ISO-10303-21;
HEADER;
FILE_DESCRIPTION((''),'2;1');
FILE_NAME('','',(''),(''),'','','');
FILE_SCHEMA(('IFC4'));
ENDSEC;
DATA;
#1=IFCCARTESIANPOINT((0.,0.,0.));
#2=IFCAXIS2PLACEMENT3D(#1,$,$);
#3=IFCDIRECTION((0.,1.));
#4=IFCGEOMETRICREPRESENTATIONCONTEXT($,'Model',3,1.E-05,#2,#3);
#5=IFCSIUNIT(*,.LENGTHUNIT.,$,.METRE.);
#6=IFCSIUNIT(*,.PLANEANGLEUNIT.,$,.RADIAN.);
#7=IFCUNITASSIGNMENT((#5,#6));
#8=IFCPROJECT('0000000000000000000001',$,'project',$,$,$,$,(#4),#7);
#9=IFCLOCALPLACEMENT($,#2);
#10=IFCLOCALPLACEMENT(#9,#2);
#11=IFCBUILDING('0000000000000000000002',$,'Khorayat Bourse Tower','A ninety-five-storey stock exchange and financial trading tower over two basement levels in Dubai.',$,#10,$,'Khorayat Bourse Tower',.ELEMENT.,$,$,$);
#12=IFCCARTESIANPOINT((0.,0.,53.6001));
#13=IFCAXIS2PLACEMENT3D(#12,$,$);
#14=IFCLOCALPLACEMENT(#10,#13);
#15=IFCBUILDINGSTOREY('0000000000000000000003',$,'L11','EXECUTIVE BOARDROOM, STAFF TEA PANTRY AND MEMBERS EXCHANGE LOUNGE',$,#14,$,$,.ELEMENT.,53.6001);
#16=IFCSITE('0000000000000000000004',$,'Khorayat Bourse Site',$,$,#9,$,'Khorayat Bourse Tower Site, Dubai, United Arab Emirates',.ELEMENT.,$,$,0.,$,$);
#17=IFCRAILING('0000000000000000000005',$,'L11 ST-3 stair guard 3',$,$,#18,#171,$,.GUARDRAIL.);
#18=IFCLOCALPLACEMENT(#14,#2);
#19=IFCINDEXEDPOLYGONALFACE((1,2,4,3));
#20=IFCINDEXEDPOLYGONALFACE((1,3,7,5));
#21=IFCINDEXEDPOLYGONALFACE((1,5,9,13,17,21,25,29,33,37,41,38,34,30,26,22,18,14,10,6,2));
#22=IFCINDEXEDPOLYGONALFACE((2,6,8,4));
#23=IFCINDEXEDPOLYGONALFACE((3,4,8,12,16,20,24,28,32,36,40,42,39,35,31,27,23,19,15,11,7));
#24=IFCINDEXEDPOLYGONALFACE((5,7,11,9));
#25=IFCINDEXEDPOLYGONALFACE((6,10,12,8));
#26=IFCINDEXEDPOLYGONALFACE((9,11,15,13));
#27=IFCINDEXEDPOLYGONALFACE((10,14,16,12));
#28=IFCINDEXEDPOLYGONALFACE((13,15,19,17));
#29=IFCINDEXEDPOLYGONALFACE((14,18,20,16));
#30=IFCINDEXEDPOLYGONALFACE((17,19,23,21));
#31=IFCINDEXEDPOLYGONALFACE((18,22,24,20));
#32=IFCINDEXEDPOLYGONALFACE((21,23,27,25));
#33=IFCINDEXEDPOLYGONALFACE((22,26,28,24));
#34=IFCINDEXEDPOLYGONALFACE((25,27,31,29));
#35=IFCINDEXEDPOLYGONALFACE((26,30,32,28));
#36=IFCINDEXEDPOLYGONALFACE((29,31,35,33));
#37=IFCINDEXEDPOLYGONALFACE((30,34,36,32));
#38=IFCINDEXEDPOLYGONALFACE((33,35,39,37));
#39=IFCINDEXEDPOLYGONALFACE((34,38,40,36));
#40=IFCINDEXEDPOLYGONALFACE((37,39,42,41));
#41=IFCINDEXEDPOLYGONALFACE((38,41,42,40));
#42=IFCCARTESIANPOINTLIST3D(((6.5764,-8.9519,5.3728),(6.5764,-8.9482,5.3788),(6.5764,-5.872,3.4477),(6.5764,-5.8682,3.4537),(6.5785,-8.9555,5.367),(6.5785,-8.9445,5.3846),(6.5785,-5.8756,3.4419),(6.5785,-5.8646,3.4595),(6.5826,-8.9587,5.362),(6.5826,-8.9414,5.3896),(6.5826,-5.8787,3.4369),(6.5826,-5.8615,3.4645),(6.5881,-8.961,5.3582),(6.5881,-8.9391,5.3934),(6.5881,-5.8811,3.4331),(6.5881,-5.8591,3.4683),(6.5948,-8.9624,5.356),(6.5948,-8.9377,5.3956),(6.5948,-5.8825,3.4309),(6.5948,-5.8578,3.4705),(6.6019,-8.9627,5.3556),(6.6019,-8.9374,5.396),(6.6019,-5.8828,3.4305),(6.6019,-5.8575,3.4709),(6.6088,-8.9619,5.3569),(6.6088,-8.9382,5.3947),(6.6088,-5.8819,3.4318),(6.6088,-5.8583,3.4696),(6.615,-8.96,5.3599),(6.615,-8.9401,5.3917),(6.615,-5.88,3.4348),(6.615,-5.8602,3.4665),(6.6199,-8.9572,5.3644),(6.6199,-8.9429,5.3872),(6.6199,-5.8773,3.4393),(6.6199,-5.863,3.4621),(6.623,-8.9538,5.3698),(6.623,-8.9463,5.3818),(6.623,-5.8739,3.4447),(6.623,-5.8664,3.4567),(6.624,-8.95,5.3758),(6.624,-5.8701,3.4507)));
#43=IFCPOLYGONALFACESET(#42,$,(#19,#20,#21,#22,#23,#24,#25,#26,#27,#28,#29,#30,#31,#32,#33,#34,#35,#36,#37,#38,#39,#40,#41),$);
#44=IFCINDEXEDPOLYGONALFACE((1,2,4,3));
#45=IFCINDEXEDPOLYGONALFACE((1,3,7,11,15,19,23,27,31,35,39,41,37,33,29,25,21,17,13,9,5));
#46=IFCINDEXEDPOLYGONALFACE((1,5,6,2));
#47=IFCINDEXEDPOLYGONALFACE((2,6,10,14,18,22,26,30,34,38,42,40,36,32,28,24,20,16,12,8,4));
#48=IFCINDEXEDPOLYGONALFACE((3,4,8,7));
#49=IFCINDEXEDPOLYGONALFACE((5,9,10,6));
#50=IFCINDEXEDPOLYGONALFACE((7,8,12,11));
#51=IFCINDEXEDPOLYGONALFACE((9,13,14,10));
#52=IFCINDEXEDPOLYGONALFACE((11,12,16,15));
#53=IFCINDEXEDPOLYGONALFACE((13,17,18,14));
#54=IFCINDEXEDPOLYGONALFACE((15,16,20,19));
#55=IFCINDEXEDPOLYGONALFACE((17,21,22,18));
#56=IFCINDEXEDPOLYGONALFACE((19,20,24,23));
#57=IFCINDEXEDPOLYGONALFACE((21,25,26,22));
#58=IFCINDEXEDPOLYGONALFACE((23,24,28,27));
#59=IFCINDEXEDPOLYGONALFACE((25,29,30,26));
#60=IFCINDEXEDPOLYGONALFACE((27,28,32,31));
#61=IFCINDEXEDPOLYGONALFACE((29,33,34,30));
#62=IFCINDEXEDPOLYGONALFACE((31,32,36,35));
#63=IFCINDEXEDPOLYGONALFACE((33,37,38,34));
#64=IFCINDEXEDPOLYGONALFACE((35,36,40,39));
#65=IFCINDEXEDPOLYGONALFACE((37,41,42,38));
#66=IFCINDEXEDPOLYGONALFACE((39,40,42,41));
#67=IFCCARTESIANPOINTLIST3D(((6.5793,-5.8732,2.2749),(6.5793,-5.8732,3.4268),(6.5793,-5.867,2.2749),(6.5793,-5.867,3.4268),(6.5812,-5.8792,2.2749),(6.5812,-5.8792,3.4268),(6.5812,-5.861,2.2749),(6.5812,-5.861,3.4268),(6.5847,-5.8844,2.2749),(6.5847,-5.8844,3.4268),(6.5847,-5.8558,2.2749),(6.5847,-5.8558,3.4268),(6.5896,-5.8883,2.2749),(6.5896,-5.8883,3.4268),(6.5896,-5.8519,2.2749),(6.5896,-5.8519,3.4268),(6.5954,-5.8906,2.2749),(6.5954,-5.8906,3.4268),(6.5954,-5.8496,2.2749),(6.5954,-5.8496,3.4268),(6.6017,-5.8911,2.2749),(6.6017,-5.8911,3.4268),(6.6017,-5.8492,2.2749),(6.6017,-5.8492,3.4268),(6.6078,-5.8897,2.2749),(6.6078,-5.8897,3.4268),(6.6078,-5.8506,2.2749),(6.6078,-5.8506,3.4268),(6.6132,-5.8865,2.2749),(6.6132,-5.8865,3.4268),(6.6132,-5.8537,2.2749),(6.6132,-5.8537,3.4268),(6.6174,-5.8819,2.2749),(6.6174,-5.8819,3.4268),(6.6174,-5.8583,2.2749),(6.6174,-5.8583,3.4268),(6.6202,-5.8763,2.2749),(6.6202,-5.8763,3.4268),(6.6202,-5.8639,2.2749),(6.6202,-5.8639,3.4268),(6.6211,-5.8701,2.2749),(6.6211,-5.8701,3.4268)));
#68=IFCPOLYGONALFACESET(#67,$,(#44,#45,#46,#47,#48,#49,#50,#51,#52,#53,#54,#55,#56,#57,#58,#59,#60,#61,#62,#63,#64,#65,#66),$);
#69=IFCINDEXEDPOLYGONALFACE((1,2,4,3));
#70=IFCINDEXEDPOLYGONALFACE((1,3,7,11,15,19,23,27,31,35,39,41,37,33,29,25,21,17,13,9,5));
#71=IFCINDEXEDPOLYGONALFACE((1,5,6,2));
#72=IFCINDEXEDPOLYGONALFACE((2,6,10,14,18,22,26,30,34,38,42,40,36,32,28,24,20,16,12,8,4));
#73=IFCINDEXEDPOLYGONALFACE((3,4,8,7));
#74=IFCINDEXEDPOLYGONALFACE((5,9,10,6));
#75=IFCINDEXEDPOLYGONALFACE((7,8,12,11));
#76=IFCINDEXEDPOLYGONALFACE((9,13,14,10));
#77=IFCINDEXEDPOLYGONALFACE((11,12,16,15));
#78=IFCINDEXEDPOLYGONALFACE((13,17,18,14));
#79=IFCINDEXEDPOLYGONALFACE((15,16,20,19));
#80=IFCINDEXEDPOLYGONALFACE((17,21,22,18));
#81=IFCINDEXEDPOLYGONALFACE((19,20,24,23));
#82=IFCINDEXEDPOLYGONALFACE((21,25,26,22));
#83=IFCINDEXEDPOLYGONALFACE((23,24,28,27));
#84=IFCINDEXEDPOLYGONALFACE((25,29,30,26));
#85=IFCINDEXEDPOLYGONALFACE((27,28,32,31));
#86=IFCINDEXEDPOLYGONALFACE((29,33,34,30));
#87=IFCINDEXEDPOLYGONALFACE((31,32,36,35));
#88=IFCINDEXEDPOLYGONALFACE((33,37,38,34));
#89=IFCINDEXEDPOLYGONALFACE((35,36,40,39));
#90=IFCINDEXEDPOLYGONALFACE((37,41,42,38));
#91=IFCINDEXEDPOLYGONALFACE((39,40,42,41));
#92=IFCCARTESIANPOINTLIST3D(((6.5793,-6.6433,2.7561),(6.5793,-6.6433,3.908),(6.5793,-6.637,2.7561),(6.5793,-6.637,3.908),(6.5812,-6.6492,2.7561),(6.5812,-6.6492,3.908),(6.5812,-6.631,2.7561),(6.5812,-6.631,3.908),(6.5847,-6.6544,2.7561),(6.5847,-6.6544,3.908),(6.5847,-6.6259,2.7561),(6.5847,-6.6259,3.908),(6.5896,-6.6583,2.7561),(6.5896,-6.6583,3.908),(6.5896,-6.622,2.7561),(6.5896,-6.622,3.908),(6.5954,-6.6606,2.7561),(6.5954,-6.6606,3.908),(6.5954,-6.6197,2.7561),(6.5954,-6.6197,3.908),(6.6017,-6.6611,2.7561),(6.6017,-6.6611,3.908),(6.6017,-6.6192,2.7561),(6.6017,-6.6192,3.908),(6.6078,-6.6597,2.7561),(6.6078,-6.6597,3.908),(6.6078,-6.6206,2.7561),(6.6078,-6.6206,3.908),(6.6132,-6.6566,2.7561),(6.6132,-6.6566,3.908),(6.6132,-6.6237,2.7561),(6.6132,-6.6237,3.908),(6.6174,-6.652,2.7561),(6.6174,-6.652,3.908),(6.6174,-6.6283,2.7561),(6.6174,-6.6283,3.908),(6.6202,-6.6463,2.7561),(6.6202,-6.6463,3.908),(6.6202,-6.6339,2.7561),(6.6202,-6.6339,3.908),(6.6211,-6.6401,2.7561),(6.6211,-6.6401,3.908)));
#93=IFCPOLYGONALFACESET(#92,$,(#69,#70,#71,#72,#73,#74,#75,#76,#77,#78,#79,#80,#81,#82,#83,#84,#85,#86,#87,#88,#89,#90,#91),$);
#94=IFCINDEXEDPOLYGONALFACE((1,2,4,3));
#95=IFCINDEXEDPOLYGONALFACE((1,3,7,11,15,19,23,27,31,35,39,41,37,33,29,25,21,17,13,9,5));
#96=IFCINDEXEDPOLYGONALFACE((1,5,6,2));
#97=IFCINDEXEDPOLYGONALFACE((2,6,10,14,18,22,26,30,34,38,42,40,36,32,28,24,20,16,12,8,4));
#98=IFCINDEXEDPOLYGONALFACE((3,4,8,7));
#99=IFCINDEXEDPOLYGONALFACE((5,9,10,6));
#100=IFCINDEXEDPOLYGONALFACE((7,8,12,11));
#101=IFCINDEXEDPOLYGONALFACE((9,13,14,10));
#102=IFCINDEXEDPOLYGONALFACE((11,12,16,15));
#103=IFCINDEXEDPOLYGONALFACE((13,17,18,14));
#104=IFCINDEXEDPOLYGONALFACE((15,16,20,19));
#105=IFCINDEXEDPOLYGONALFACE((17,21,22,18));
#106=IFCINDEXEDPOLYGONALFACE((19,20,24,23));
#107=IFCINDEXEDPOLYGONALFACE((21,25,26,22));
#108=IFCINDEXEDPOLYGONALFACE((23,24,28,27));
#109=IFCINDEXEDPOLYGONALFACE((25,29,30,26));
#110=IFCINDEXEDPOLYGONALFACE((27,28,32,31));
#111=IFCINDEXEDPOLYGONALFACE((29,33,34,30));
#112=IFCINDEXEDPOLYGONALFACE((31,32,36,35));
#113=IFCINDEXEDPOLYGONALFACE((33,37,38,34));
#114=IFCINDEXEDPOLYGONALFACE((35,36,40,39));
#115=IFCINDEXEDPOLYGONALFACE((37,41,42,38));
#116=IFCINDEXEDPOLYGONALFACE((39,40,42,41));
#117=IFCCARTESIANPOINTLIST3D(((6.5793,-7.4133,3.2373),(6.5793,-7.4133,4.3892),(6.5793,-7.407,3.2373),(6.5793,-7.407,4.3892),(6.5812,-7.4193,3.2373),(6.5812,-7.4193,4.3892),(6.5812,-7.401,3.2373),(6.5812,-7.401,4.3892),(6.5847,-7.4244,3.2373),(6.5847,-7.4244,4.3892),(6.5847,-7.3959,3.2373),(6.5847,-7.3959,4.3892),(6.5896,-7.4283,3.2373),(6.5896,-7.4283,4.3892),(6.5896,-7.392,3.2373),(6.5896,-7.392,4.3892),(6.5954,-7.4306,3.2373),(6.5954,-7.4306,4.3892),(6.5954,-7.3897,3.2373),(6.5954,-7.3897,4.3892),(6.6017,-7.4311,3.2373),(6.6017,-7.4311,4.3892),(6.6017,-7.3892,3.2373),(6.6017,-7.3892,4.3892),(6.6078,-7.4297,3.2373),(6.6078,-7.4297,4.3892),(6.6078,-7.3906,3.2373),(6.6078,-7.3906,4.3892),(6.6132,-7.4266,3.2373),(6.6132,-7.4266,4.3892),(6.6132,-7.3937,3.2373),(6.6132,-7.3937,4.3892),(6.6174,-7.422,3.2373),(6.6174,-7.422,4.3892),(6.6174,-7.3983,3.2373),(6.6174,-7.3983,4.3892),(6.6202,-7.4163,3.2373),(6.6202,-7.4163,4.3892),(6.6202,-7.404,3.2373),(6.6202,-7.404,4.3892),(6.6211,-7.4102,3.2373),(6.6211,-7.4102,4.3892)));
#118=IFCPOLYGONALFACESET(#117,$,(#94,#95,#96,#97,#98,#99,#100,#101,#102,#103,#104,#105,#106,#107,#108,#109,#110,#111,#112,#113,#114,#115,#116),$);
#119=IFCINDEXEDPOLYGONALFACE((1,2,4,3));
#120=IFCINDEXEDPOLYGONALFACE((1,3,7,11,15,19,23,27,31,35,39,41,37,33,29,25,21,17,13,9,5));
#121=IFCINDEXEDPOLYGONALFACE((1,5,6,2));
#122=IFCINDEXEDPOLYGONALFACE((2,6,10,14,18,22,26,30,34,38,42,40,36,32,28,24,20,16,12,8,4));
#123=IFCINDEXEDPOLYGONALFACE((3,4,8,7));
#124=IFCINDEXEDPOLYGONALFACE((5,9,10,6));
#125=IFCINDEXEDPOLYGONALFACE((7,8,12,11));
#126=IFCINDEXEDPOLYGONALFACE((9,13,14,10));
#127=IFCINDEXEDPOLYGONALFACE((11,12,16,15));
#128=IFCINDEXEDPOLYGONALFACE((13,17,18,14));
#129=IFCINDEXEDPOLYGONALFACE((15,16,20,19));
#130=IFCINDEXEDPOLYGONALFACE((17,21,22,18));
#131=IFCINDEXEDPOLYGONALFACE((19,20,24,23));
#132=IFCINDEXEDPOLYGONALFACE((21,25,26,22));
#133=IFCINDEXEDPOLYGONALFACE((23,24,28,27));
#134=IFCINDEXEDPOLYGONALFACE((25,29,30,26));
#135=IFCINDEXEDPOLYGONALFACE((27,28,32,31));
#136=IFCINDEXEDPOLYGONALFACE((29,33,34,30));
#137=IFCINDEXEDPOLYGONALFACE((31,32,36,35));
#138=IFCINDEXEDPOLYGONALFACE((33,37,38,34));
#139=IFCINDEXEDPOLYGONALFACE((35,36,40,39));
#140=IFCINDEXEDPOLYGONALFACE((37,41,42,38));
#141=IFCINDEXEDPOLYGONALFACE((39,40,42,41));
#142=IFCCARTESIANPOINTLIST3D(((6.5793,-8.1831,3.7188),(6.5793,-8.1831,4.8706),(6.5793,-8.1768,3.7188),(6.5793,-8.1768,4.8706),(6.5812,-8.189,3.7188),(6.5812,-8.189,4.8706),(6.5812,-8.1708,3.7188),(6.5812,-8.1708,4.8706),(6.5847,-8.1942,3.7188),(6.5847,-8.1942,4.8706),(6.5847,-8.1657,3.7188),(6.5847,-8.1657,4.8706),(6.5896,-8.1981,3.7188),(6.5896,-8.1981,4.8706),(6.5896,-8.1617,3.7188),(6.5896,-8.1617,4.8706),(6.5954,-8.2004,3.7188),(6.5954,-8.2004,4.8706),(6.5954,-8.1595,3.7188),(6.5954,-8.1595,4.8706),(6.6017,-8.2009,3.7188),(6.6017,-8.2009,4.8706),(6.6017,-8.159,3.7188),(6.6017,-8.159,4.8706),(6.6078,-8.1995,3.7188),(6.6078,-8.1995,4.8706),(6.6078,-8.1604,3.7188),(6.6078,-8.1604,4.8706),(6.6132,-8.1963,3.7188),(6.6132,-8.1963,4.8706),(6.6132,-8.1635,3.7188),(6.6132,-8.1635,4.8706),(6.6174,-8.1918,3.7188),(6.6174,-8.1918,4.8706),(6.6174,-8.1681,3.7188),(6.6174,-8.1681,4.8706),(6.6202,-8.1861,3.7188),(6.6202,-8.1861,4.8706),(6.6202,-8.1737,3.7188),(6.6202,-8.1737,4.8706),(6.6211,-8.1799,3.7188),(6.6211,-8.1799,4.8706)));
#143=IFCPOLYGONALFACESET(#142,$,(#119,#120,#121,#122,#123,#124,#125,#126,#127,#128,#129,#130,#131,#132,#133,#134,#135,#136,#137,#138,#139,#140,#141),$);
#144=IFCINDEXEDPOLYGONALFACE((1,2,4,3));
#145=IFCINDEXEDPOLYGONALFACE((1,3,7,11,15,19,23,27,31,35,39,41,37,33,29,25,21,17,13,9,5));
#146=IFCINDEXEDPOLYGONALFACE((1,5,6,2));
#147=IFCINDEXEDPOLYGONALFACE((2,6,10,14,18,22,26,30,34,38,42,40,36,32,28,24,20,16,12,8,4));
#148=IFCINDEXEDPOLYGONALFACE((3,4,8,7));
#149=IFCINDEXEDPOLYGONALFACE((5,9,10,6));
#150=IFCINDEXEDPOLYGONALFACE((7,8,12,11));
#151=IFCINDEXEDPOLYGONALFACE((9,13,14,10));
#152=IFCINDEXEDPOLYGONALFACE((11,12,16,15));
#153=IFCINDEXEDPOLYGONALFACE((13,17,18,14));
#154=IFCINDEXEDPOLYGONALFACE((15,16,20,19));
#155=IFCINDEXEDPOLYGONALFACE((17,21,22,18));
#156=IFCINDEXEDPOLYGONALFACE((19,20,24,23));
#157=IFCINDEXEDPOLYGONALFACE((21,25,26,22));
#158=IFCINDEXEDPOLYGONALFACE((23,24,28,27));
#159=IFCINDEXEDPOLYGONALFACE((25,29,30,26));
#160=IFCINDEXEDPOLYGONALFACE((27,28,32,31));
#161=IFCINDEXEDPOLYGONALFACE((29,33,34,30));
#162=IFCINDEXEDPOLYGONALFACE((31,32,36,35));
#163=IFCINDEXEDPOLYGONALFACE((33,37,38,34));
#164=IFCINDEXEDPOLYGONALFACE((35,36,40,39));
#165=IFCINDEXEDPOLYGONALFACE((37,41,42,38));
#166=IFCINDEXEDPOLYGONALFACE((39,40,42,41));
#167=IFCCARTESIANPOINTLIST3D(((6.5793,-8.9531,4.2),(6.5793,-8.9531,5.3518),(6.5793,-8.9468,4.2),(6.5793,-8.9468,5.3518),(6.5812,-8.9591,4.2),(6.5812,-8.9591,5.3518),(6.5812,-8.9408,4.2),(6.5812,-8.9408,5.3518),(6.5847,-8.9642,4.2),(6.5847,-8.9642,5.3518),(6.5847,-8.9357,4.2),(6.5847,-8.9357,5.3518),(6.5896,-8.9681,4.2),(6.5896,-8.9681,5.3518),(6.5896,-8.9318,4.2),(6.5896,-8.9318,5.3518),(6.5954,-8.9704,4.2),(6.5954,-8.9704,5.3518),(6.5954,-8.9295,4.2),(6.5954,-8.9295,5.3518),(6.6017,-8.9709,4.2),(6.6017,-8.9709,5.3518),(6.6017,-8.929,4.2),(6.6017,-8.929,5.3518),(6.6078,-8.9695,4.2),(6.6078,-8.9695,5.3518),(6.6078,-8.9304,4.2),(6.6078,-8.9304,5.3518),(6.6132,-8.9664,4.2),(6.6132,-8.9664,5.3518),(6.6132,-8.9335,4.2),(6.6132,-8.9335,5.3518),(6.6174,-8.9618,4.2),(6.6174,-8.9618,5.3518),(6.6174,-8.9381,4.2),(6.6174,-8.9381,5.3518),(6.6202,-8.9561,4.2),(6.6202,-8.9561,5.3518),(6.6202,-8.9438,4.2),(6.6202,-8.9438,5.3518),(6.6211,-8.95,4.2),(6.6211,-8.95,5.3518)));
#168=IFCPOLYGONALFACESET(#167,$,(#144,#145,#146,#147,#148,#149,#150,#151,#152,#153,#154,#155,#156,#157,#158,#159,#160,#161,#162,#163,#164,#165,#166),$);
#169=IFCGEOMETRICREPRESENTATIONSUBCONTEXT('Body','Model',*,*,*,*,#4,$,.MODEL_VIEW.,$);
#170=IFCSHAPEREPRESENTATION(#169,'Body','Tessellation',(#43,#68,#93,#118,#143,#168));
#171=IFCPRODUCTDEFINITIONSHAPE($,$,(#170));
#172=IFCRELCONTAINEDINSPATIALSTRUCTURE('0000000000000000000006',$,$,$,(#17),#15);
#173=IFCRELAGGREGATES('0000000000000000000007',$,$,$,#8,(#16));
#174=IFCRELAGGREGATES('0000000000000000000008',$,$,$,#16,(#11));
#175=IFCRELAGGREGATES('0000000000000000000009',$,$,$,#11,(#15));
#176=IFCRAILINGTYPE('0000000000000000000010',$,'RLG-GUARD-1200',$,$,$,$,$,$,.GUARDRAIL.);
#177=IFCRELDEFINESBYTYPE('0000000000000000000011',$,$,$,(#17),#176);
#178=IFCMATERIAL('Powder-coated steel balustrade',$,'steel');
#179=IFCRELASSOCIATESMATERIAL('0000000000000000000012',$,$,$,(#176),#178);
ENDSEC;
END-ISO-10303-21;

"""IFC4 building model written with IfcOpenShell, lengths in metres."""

from ifc_helpers import new_model, si_unit, direction, frame, origin, origin_2d, place, context, subcontext, project, spatial, circle, extrude, source, transform, mapped, material, type_object, element, save


model = new_model("IFC4")

# Units and contexts
model_context = context("Model", 3, precision=1e-05, world=origin(), true_north=direction((0.0, 1.0)))
body_context = subcontext(model_context, "Body", "Model", "MODEL_VIEW")
ifc_project = project(units=[si_unit("LENGTHUNIT", "METRE"), si_unit("PLANEANGLEUNIT", "RADIAN")], contexts=[model_context])

# Site, building, storey
site_placement = place(None, origin())
site = spatial("IfcSite", under=ifc_project, at=site_placement, Name="Khorayat Bourse Site", LongName="Khorayat Bourse Tower Site, Dubai, United Arab Emirates", CompositionType="ELEMENT", RefElevation=0.0)
building_placement = place(site_placement, origin())
building = spatial("IfcBuilding", under=site, at=building_placement, Name="Khorayat Bourse Tower", Description="A ninety-five-storey stock exchange and financial trading tower over two basement levels in Dubai.", LongName="Khorayat Bourse Tower", CompositionType="ELEMENT")
storey_placement = place(building_placement, frame((0.0, 0.0, 53.6001)))
storey = spatial("IfcBuildingStorey", under=building, at=storey_placement, Name="L11", Description="EXECUTIVE BOARDROOM, STAFF TEA PANTRY AND MEMBERS EXCHANGE LOUNGE", CompositionType="ELEMENT", Elevation=53.6001)

# Railing
ifc_material_1 = material(Name="Powder-coated steel balustrade", Category="steel")
railing_type_1 = type_object("IfcRailingType", Name="RLG-GUARD-1200", PredefinedType="GUARDRAIL", material=ifc_material_1)
shared_shape_1 = source(origin(), body_context, "Body", "SweptSolid", [
    extrude(circle(Radius=0.0239, at=origin_2d()), frame((0.0, 0.0, 1.1758), z_axis=(0.0, -0.847979, 0.530029), x_axis=(1.0, 0.0, 0.0)), (0.0, 0.0, 1.0), 3.6321),
    extrude(circle(Radius=0.021, at=origin_2d()), origin(), (0.0, 0.0, 1.0), 1.1519),
    extrude(circle(Radius=0.021, at=origin_2d()), frame((0.0, -0.77, 0.4812)), (0.0, 0.0, 1.0), 1.1519),
    extrude(circle(Radius=0.021, at=origin_2d()), frame((0.0, -1.54, 0.9624)), (0.0, 0.0, 1.0), 1.1519),
    extrude(circle(Radius=0.021, at=origin_2d()), frame((0.0, -2.3098, 1.4438)), (0.0, 0.0, 1.0), 1.1519),
    extrude(circle(Radius=0.021, at=origin_2d()), frame((0.0, -3.0798, 1.925)), (0.0, 0.0, 1.0), 1.1519),
])
railing_1_placement = place(storey_placement, frame((6.6001, -5.8701, 2.2749)))
element("IfcRailing", 1, at=railing_1_placement, inside=storey, type_object=railing_type_1, Name="L11 ST-3 stair guard 3", PredefinedType="GUARDRAIL", context=body_context, shape_type="MappedRepresentation", body=[
    mapped(shared_shape_1, transform((0.0, 0.0, 0.0), scale=1.0)),
])

save(model, "model.ifc")
